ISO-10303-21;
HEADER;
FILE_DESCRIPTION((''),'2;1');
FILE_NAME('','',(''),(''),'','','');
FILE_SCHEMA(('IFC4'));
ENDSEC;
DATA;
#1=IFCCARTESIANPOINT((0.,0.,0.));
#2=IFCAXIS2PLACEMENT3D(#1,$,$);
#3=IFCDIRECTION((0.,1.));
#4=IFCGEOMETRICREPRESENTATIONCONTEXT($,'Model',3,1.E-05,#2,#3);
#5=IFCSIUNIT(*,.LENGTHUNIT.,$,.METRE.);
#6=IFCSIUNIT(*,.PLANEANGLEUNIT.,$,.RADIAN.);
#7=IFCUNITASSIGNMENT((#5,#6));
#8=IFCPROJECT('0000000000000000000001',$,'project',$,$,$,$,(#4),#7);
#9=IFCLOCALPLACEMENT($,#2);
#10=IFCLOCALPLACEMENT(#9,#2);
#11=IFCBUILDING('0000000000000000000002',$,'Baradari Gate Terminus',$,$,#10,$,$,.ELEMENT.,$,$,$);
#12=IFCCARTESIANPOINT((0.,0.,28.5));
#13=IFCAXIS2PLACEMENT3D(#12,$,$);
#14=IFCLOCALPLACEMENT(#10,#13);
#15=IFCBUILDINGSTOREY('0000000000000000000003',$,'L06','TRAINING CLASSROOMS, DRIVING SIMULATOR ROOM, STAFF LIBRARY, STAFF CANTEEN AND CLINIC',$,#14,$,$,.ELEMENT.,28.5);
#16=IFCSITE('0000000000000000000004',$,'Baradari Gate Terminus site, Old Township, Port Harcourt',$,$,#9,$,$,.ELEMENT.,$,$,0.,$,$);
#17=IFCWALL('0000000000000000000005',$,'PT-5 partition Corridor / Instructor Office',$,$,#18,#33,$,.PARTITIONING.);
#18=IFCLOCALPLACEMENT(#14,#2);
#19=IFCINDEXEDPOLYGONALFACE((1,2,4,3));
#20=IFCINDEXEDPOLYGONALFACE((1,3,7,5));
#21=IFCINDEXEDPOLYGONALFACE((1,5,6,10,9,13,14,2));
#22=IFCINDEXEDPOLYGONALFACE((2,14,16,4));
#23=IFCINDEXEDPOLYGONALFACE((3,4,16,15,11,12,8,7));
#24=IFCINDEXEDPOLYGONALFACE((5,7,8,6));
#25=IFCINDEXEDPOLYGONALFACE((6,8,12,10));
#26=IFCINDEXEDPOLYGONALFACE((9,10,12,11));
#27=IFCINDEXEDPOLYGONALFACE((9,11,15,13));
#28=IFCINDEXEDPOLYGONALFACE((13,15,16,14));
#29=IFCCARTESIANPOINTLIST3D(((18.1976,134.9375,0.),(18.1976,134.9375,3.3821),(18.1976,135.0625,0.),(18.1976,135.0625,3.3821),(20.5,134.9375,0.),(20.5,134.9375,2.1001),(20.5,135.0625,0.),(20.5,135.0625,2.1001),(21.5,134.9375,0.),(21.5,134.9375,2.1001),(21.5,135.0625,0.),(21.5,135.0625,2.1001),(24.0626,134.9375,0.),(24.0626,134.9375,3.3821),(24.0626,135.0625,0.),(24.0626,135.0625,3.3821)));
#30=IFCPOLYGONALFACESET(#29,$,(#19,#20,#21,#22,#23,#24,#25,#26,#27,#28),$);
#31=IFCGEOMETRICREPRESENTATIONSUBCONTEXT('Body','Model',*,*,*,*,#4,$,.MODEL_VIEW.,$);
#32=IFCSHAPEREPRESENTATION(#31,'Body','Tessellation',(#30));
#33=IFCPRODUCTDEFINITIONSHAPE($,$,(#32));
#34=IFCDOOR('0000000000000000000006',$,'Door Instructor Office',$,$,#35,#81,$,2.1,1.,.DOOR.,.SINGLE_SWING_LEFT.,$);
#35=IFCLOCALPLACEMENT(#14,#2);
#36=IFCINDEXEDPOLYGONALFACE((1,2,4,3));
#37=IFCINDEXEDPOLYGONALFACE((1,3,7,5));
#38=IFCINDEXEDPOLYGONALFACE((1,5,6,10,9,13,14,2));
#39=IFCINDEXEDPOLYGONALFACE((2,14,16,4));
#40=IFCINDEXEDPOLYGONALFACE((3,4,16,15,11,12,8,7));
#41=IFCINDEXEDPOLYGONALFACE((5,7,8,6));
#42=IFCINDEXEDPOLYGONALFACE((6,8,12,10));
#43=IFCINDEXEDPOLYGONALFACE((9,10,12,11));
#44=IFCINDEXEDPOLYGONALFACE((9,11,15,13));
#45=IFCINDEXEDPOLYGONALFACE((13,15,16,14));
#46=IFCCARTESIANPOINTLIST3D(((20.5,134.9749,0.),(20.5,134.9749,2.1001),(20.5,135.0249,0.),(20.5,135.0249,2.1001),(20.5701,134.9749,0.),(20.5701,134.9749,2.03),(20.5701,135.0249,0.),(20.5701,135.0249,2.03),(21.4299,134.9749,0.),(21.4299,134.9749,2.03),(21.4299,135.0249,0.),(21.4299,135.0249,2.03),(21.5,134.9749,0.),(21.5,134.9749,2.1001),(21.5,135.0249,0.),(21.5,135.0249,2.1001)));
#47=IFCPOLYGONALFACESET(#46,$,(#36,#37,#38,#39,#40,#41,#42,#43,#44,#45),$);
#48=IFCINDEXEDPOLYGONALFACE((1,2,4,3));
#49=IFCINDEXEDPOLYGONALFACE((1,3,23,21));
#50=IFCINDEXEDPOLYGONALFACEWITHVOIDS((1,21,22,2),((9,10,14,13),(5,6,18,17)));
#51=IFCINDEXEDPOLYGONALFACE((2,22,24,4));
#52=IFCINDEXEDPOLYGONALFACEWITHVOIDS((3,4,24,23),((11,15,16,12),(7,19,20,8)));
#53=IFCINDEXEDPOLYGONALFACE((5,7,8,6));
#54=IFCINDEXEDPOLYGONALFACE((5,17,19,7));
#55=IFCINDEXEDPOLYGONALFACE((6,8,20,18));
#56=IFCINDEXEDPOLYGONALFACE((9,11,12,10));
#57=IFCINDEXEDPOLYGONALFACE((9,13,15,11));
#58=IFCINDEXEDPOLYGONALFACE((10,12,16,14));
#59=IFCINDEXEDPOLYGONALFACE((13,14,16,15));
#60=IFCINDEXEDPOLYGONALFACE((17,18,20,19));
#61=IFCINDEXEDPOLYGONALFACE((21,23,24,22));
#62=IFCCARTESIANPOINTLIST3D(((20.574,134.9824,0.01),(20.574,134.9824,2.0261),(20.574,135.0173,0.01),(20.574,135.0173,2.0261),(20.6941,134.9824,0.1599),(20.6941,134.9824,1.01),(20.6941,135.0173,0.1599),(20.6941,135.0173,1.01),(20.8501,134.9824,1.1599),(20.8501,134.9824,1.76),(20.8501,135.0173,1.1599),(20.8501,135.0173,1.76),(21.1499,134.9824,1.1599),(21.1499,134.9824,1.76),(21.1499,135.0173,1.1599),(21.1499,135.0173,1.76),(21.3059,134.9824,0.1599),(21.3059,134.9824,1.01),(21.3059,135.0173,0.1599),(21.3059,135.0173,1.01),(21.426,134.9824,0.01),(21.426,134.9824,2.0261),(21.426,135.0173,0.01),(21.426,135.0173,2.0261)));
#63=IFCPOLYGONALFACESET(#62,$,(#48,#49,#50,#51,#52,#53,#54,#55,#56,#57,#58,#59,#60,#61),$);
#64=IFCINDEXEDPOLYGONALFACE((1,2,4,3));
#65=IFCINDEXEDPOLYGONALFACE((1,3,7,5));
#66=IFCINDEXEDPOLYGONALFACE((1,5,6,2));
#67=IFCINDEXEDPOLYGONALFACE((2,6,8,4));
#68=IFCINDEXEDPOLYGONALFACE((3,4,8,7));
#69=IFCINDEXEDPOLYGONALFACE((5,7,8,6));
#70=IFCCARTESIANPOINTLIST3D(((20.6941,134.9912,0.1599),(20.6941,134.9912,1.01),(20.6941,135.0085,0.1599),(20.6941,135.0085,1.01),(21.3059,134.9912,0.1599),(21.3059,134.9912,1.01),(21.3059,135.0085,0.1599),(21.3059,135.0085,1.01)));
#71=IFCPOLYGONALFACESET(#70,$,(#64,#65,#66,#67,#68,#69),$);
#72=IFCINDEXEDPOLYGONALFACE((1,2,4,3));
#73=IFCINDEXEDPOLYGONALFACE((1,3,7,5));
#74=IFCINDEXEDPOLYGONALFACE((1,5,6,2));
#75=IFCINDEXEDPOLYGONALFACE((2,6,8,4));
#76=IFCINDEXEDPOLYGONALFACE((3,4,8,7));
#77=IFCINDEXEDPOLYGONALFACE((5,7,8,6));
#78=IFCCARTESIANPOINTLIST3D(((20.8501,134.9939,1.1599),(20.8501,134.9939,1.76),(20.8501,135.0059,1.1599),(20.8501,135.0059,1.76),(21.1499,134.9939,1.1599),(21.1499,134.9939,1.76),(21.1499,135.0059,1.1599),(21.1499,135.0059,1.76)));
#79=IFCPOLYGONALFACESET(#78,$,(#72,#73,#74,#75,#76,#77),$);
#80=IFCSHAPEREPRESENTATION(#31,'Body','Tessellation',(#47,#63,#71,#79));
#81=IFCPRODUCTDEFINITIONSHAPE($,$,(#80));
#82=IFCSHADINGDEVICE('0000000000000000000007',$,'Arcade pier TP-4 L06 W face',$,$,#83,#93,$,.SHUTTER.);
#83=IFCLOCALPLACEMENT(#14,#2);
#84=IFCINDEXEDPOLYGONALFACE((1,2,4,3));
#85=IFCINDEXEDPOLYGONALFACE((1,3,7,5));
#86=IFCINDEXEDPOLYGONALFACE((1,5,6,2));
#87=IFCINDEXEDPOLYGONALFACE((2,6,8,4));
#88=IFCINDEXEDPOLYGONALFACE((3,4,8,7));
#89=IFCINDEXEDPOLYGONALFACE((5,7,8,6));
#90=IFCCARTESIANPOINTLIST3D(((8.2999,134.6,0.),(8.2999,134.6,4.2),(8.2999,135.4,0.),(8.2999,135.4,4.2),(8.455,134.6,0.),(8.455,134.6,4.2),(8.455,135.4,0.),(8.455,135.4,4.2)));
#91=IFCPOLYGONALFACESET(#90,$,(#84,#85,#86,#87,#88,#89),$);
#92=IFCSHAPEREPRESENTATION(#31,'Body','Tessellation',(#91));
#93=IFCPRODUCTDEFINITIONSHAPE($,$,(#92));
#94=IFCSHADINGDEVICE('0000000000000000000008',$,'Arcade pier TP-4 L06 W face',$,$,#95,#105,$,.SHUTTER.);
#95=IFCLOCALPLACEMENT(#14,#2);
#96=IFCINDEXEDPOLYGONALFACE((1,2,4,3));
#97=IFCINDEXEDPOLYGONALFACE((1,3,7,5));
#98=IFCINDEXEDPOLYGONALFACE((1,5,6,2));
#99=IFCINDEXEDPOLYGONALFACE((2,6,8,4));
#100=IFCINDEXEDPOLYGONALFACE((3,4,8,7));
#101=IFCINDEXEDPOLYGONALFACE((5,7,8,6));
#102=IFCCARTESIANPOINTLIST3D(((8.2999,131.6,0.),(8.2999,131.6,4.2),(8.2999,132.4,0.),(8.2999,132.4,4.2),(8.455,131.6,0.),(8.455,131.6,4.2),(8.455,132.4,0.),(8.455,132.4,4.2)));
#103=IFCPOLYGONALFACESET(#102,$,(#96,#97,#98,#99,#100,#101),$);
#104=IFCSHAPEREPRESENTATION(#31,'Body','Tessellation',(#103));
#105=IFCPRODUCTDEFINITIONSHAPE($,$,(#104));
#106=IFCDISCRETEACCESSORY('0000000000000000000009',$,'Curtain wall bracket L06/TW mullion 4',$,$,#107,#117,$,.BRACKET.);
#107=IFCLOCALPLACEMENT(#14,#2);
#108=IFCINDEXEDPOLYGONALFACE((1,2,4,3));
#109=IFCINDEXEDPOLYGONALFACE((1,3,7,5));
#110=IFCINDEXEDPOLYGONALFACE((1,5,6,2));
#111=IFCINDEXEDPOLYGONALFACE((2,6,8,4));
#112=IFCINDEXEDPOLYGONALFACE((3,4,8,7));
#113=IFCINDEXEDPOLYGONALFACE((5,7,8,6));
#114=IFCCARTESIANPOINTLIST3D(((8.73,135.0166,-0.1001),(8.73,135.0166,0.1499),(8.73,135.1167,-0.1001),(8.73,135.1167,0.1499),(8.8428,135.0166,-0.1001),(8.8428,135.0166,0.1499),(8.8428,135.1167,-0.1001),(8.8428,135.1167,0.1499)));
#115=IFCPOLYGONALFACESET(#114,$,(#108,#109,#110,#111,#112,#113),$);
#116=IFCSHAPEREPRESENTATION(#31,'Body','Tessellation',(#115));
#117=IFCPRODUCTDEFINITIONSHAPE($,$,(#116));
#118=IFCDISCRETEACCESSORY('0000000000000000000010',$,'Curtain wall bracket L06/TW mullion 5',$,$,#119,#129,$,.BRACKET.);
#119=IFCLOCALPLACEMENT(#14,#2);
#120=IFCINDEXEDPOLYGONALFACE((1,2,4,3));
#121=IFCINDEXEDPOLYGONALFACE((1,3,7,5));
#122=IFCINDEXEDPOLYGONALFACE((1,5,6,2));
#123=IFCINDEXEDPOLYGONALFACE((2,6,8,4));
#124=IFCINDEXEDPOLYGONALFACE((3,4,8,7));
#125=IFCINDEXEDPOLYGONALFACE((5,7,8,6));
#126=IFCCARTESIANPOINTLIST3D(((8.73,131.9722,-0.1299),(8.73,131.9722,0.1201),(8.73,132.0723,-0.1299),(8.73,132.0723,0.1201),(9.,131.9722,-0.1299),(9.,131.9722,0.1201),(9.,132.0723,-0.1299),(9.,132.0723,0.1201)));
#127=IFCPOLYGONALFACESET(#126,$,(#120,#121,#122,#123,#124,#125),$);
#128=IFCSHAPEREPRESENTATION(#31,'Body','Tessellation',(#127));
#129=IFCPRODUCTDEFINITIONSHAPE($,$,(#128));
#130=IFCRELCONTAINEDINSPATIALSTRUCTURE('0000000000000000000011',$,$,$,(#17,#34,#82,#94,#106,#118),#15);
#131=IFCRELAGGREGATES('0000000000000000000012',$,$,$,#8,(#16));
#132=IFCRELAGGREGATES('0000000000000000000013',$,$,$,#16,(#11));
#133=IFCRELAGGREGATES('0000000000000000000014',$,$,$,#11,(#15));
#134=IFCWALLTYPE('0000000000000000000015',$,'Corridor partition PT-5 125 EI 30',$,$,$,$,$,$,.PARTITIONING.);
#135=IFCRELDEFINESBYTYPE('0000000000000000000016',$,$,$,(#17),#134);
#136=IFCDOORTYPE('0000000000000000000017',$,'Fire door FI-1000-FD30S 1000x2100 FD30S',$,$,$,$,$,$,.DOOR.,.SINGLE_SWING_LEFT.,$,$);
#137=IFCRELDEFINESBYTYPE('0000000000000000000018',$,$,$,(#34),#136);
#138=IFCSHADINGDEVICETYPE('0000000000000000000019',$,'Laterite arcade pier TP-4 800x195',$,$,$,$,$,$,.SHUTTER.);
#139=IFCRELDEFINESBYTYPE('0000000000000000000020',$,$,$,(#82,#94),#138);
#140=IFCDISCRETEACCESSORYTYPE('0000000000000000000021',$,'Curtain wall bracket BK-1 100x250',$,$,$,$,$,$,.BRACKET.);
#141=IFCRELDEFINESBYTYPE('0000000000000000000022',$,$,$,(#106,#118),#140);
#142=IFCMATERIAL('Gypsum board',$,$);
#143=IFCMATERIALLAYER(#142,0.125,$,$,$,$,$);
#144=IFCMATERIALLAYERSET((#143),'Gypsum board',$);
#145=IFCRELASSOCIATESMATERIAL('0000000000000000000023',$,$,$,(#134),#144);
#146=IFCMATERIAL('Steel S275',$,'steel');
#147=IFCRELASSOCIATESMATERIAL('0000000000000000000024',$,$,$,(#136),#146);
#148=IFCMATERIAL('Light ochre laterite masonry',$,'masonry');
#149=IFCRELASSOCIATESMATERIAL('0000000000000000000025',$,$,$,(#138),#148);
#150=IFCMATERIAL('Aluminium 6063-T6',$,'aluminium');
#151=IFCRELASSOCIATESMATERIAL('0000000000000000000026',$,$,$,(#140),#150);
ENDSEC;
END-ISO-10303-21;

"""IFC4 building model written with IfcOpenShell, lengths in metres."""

from ifc_helpers import new_model, si_unit, direction, frame, frame_2d, origin, origin_2d, place, context, subcontext, project, spatial, polyline, rectangle, outline, extrude, material, layer, layer_set, type_object, element, fill, save


model = new_model("IFC4")

# Units and contexts
model_context = context("Model", 3, precision=1e-05, world=origin(), true_north=direction((0.0, 1.0)))
body_context = subcontext(model_context, "Body", "Model", "MODEL_VIEW")
ifc_project = project(units=[si_unit("LENGTHUNIT", "METRE"), si_unit("PLANEANGLEUNIT", "RADIAN")], contexts=[model_context])

# Site, building, storey
site_placement = place(None, origin())
site = spatial("IfcSite", under=ifc_project, at=site_placement, Name="Baradari Gate Terminus site, Old Township, Port Harcourt", CompositionType="ELEMENT", RefElevation=0.0)
building_placement = place(site_placement, origin())
building = spatial("IfcBuilding", under=site, at=building_placement, Name="Baradari Gate Terminus", CompositionType="ELEMENT")
storey_placement = place(building_placement, frame((0.0, 0.0, 28.5)))
storey = spatial("IfcBuildingStorey", under=building, at=storey_placement, Name="L06", Description="TRAINING CLASSROOMS, DRIVING SIMULATOR ROOM, STAFF LIBRARY, STAFF CANTEEN AND CLINIC", CompositionType="ELEMENT", Elevation=28.5)

# Wall, opening, door
ifc_material_1 = material(Name="Gypsum board")
ifc_layer_1 = layer(ifc_material_1, 0.125)
ifc_layer_set_1 = layer_set([ifc_layer_1], Name="Gypsum board")
wall_type = type_object("IfcWallType", Name="Corridor partition PT-5 125 EI 30", PredefinedType="PARTITIONING", material=ifc_layer_set_1)
wall_1_placement = place(storey_placement, frame((18.1975, 135.0, 0.0), z_axis=(0.0, 0.0, 1.0), x_axis=(1.0, 0.0, 0.0)))
wall_1 = element("IfcWall", 1, at=wall_1_placement, inside=storey, type_object=wall_type, Name="PT-5 partition Corridor / Instructor Office", PredefinedType="PARTITIONING", context=body_context, shape_type="SweptSolid", body=[
    extrude(rectangle(XDim=5.865, YDim=0.125, at=frame_2d((2.9326, 0.0))), origin(), (0.0, 0.0, 1.0), 3.3821),
])
opening_1_placement = place(wall_1_placement, frame((2.3025, 0.0, 0.0)))
opening_1 = element("IfcOpeningElement", 2, at=opening_1_placement, cuts=wall_1, PredefinedType="OPENING", context=body_context, shape_type="SweptSolid", body=[
    extrude(rectangle(XDim=1.0, YDim=2.1001, at=frame_2d((0.5, 1.05))), frame((0.0, 0.0725, 0.0), z_axis=(0.0, -1.0, 0.0), x_axis=(1.0, 0.0, 0.0)), (0.0, 0.0, 1.0), 0.145),
])
ifc_material_2 = material(Name="Steel S275", Category="steel")
door_type_1 = type_object("IfcDoorType", Name="Fire door FI-1000-FD30S 1000x2100 FD30S", OperationType="SINGLE_SWING_LEFT", PredefinedType="DOOR", material=ifc_material_2)
door_1_placement = place(opening_1_placement, origin())
door_1 = element("IfcDoor", 3, at=door_1_placement, inside=storey, type_object=door_type_1, Name="Door Instructor Office", OperationType="SINGLE_SWING_LEFT", OverallHeight=2.1, OverallWidth=1.0, PredefinedType="DOOR", context=body_context, shape_type="SweptSolid", body=[
    extrude(outline(polyline([(0.0, 0.0), (0.0701, 0.0), (0.0701, 2.03), (0.9299, 2.03), (0.9299, 0.0), (1.0, 0.0), (1.0, 2.1001), (0.0, 2.1001), (0.0, 0.0)])), frame((0.0, 0.0249, 0.0), z_axis=(0.0, -1.0, 0.0), x_axis=(1.0, 0.0, 0.0)), (0.0, 0.0, 1.0), 0.05),
    extrude(outline(polyline([(0.074, 0.01), (0.926, 0.01), (0.926, 2.0261), (0.074, 2.0261), (0.074, 0.01)]), holes=[polyline([(0.1941, 0.1599), (0.8059, 0.1599), (0.8059, 1.01), (0.1941, 1.01), (0.1941, 0.1599)]), polyline([(0.3501, 1.1599), (0.6499, 1.1599), (0.6499, 1.76), (0.3501, 1.76), (0.3501, 1.1599)])]), frame((0.0, 0.0173, 0.0), z_axis=(0.0, -1.0, 0.0), x_axis=(1.0, 0.0, 0.0)), (0.0, 0.0, 1.0), 0.0349),
    extrude(rectangle(XDim=0.6118, YDim=0.8501, at=frame_2d((0.5, 0.585))), frame((0.0, 0.0085, 0.0), z_axis=(0.0, -1.0, 0.0), x_axis=(1.0, 0.0, 0.0)), (0.0, 0.0, 1.0), 0.0173),
    extrude(rectangle(XDim=0.2998, YDim=0.6001, at=frame_2d((0.5, 1.46))), frame((0.0, 0.0059, 0.0), z_axis=(0.0, -1.0, 0.0), x_axis=(1.0, 0.0, 0.0)), (0.0, 0.0, 1.0), 0.012),
])
fill(opening_1, door_1)

# Shading devices
ifc_material_3 = material(Name="Light ochre laterite masonry", Category="masonry")
shading_device_type = type_object("IfcShadingDeviceType", Name="Laterite arcade pier TP-4 800x195", PredefinedType="SHUTTER", material=ifc_material_3)
for number, where, z_axis, x_axis, name in (
    (4, (8.3774, 135.0, 0.0), (0.0, 0.0, 1.0), (0.0, -1.0, 0.0), "Arcade pier TP-4 L06 W face"),
    (5, (8.3774, 132.0, 0.0), (0.0, 0.0, 1.0), (0.0, -1.0, 0.0), "Arcade pier TP-4 L06 W face"),
):
    element("IfcShadingDevice", number, at=place(storey_placement, frame(where, z_axis=z_axis, x_axis=x_axis)), inside=storey, type_object=shading_device_type, Name=name, PredefinedType="SHUTTER", context=body_context, shape_type="SweptSolid", body=[
        extrude(rectangle(XDim=0.8, YDim=0.155, at=origin_2d()), origin(), (0.0, 0.0, 1.0), 4.2),
    ])

# Discrete accessories
ifc_material_4 = material(Name="Aluminium 6063-T6", Category="aluminium")
discrete_accessory_type = type_object("IfcDiscreteAccessoryType", Name="Curtain wall bracket BK-1 100x250", PredefinedType="BRACKET", material=ifc_material_4)
discrete_accessory_1_placement = place(storey_placement, frame((8.7864, 135.0667, -0.1001), z_axis=(0.0, 0.0, 1.0), x_axis=(-1.0, 0.0, 0.0)))
element("IfcDiscreteAccessory", 6, at=discrete_accessory_1_placement, inside=storey, type_object=discrete_accessory_type, Name="Curtain wall bracket L06/TW mullion 4", PredefinedType="BRACKET", context=body_context, shape_type="SweptSolid", body=[
    extrude(rectangle(XDim=0.1128, YDim=0.1001, at=origin_2d()), origin(), (0.0, 0.0, 1.0), 0.25),
])
discrete_accessory_2_placement = place(storey_placement, frame((8.865, 132.0222, -0.1299), z_axis=(0.0, 0.0, 1.0), x_axis=(-1.0, 0.0, 0.0)))
element("IfcDiscreteAccessory", 7, at=discrete_accessory_2_placement, inside=storey, type_object=discrete_accessory_type, Name="Curtain wall bracket L06/TW mullion 5", PredefinedType="BRACKET", context=body_context, shape_type="SweptSolid", body=[
    extrude(rectangle(XDim=0.27, YDim=0.1001, at=origin_2d()), origin(), (0.0, 0.0, 1.0), 0.25),
])

save(model, "model.ifc")
